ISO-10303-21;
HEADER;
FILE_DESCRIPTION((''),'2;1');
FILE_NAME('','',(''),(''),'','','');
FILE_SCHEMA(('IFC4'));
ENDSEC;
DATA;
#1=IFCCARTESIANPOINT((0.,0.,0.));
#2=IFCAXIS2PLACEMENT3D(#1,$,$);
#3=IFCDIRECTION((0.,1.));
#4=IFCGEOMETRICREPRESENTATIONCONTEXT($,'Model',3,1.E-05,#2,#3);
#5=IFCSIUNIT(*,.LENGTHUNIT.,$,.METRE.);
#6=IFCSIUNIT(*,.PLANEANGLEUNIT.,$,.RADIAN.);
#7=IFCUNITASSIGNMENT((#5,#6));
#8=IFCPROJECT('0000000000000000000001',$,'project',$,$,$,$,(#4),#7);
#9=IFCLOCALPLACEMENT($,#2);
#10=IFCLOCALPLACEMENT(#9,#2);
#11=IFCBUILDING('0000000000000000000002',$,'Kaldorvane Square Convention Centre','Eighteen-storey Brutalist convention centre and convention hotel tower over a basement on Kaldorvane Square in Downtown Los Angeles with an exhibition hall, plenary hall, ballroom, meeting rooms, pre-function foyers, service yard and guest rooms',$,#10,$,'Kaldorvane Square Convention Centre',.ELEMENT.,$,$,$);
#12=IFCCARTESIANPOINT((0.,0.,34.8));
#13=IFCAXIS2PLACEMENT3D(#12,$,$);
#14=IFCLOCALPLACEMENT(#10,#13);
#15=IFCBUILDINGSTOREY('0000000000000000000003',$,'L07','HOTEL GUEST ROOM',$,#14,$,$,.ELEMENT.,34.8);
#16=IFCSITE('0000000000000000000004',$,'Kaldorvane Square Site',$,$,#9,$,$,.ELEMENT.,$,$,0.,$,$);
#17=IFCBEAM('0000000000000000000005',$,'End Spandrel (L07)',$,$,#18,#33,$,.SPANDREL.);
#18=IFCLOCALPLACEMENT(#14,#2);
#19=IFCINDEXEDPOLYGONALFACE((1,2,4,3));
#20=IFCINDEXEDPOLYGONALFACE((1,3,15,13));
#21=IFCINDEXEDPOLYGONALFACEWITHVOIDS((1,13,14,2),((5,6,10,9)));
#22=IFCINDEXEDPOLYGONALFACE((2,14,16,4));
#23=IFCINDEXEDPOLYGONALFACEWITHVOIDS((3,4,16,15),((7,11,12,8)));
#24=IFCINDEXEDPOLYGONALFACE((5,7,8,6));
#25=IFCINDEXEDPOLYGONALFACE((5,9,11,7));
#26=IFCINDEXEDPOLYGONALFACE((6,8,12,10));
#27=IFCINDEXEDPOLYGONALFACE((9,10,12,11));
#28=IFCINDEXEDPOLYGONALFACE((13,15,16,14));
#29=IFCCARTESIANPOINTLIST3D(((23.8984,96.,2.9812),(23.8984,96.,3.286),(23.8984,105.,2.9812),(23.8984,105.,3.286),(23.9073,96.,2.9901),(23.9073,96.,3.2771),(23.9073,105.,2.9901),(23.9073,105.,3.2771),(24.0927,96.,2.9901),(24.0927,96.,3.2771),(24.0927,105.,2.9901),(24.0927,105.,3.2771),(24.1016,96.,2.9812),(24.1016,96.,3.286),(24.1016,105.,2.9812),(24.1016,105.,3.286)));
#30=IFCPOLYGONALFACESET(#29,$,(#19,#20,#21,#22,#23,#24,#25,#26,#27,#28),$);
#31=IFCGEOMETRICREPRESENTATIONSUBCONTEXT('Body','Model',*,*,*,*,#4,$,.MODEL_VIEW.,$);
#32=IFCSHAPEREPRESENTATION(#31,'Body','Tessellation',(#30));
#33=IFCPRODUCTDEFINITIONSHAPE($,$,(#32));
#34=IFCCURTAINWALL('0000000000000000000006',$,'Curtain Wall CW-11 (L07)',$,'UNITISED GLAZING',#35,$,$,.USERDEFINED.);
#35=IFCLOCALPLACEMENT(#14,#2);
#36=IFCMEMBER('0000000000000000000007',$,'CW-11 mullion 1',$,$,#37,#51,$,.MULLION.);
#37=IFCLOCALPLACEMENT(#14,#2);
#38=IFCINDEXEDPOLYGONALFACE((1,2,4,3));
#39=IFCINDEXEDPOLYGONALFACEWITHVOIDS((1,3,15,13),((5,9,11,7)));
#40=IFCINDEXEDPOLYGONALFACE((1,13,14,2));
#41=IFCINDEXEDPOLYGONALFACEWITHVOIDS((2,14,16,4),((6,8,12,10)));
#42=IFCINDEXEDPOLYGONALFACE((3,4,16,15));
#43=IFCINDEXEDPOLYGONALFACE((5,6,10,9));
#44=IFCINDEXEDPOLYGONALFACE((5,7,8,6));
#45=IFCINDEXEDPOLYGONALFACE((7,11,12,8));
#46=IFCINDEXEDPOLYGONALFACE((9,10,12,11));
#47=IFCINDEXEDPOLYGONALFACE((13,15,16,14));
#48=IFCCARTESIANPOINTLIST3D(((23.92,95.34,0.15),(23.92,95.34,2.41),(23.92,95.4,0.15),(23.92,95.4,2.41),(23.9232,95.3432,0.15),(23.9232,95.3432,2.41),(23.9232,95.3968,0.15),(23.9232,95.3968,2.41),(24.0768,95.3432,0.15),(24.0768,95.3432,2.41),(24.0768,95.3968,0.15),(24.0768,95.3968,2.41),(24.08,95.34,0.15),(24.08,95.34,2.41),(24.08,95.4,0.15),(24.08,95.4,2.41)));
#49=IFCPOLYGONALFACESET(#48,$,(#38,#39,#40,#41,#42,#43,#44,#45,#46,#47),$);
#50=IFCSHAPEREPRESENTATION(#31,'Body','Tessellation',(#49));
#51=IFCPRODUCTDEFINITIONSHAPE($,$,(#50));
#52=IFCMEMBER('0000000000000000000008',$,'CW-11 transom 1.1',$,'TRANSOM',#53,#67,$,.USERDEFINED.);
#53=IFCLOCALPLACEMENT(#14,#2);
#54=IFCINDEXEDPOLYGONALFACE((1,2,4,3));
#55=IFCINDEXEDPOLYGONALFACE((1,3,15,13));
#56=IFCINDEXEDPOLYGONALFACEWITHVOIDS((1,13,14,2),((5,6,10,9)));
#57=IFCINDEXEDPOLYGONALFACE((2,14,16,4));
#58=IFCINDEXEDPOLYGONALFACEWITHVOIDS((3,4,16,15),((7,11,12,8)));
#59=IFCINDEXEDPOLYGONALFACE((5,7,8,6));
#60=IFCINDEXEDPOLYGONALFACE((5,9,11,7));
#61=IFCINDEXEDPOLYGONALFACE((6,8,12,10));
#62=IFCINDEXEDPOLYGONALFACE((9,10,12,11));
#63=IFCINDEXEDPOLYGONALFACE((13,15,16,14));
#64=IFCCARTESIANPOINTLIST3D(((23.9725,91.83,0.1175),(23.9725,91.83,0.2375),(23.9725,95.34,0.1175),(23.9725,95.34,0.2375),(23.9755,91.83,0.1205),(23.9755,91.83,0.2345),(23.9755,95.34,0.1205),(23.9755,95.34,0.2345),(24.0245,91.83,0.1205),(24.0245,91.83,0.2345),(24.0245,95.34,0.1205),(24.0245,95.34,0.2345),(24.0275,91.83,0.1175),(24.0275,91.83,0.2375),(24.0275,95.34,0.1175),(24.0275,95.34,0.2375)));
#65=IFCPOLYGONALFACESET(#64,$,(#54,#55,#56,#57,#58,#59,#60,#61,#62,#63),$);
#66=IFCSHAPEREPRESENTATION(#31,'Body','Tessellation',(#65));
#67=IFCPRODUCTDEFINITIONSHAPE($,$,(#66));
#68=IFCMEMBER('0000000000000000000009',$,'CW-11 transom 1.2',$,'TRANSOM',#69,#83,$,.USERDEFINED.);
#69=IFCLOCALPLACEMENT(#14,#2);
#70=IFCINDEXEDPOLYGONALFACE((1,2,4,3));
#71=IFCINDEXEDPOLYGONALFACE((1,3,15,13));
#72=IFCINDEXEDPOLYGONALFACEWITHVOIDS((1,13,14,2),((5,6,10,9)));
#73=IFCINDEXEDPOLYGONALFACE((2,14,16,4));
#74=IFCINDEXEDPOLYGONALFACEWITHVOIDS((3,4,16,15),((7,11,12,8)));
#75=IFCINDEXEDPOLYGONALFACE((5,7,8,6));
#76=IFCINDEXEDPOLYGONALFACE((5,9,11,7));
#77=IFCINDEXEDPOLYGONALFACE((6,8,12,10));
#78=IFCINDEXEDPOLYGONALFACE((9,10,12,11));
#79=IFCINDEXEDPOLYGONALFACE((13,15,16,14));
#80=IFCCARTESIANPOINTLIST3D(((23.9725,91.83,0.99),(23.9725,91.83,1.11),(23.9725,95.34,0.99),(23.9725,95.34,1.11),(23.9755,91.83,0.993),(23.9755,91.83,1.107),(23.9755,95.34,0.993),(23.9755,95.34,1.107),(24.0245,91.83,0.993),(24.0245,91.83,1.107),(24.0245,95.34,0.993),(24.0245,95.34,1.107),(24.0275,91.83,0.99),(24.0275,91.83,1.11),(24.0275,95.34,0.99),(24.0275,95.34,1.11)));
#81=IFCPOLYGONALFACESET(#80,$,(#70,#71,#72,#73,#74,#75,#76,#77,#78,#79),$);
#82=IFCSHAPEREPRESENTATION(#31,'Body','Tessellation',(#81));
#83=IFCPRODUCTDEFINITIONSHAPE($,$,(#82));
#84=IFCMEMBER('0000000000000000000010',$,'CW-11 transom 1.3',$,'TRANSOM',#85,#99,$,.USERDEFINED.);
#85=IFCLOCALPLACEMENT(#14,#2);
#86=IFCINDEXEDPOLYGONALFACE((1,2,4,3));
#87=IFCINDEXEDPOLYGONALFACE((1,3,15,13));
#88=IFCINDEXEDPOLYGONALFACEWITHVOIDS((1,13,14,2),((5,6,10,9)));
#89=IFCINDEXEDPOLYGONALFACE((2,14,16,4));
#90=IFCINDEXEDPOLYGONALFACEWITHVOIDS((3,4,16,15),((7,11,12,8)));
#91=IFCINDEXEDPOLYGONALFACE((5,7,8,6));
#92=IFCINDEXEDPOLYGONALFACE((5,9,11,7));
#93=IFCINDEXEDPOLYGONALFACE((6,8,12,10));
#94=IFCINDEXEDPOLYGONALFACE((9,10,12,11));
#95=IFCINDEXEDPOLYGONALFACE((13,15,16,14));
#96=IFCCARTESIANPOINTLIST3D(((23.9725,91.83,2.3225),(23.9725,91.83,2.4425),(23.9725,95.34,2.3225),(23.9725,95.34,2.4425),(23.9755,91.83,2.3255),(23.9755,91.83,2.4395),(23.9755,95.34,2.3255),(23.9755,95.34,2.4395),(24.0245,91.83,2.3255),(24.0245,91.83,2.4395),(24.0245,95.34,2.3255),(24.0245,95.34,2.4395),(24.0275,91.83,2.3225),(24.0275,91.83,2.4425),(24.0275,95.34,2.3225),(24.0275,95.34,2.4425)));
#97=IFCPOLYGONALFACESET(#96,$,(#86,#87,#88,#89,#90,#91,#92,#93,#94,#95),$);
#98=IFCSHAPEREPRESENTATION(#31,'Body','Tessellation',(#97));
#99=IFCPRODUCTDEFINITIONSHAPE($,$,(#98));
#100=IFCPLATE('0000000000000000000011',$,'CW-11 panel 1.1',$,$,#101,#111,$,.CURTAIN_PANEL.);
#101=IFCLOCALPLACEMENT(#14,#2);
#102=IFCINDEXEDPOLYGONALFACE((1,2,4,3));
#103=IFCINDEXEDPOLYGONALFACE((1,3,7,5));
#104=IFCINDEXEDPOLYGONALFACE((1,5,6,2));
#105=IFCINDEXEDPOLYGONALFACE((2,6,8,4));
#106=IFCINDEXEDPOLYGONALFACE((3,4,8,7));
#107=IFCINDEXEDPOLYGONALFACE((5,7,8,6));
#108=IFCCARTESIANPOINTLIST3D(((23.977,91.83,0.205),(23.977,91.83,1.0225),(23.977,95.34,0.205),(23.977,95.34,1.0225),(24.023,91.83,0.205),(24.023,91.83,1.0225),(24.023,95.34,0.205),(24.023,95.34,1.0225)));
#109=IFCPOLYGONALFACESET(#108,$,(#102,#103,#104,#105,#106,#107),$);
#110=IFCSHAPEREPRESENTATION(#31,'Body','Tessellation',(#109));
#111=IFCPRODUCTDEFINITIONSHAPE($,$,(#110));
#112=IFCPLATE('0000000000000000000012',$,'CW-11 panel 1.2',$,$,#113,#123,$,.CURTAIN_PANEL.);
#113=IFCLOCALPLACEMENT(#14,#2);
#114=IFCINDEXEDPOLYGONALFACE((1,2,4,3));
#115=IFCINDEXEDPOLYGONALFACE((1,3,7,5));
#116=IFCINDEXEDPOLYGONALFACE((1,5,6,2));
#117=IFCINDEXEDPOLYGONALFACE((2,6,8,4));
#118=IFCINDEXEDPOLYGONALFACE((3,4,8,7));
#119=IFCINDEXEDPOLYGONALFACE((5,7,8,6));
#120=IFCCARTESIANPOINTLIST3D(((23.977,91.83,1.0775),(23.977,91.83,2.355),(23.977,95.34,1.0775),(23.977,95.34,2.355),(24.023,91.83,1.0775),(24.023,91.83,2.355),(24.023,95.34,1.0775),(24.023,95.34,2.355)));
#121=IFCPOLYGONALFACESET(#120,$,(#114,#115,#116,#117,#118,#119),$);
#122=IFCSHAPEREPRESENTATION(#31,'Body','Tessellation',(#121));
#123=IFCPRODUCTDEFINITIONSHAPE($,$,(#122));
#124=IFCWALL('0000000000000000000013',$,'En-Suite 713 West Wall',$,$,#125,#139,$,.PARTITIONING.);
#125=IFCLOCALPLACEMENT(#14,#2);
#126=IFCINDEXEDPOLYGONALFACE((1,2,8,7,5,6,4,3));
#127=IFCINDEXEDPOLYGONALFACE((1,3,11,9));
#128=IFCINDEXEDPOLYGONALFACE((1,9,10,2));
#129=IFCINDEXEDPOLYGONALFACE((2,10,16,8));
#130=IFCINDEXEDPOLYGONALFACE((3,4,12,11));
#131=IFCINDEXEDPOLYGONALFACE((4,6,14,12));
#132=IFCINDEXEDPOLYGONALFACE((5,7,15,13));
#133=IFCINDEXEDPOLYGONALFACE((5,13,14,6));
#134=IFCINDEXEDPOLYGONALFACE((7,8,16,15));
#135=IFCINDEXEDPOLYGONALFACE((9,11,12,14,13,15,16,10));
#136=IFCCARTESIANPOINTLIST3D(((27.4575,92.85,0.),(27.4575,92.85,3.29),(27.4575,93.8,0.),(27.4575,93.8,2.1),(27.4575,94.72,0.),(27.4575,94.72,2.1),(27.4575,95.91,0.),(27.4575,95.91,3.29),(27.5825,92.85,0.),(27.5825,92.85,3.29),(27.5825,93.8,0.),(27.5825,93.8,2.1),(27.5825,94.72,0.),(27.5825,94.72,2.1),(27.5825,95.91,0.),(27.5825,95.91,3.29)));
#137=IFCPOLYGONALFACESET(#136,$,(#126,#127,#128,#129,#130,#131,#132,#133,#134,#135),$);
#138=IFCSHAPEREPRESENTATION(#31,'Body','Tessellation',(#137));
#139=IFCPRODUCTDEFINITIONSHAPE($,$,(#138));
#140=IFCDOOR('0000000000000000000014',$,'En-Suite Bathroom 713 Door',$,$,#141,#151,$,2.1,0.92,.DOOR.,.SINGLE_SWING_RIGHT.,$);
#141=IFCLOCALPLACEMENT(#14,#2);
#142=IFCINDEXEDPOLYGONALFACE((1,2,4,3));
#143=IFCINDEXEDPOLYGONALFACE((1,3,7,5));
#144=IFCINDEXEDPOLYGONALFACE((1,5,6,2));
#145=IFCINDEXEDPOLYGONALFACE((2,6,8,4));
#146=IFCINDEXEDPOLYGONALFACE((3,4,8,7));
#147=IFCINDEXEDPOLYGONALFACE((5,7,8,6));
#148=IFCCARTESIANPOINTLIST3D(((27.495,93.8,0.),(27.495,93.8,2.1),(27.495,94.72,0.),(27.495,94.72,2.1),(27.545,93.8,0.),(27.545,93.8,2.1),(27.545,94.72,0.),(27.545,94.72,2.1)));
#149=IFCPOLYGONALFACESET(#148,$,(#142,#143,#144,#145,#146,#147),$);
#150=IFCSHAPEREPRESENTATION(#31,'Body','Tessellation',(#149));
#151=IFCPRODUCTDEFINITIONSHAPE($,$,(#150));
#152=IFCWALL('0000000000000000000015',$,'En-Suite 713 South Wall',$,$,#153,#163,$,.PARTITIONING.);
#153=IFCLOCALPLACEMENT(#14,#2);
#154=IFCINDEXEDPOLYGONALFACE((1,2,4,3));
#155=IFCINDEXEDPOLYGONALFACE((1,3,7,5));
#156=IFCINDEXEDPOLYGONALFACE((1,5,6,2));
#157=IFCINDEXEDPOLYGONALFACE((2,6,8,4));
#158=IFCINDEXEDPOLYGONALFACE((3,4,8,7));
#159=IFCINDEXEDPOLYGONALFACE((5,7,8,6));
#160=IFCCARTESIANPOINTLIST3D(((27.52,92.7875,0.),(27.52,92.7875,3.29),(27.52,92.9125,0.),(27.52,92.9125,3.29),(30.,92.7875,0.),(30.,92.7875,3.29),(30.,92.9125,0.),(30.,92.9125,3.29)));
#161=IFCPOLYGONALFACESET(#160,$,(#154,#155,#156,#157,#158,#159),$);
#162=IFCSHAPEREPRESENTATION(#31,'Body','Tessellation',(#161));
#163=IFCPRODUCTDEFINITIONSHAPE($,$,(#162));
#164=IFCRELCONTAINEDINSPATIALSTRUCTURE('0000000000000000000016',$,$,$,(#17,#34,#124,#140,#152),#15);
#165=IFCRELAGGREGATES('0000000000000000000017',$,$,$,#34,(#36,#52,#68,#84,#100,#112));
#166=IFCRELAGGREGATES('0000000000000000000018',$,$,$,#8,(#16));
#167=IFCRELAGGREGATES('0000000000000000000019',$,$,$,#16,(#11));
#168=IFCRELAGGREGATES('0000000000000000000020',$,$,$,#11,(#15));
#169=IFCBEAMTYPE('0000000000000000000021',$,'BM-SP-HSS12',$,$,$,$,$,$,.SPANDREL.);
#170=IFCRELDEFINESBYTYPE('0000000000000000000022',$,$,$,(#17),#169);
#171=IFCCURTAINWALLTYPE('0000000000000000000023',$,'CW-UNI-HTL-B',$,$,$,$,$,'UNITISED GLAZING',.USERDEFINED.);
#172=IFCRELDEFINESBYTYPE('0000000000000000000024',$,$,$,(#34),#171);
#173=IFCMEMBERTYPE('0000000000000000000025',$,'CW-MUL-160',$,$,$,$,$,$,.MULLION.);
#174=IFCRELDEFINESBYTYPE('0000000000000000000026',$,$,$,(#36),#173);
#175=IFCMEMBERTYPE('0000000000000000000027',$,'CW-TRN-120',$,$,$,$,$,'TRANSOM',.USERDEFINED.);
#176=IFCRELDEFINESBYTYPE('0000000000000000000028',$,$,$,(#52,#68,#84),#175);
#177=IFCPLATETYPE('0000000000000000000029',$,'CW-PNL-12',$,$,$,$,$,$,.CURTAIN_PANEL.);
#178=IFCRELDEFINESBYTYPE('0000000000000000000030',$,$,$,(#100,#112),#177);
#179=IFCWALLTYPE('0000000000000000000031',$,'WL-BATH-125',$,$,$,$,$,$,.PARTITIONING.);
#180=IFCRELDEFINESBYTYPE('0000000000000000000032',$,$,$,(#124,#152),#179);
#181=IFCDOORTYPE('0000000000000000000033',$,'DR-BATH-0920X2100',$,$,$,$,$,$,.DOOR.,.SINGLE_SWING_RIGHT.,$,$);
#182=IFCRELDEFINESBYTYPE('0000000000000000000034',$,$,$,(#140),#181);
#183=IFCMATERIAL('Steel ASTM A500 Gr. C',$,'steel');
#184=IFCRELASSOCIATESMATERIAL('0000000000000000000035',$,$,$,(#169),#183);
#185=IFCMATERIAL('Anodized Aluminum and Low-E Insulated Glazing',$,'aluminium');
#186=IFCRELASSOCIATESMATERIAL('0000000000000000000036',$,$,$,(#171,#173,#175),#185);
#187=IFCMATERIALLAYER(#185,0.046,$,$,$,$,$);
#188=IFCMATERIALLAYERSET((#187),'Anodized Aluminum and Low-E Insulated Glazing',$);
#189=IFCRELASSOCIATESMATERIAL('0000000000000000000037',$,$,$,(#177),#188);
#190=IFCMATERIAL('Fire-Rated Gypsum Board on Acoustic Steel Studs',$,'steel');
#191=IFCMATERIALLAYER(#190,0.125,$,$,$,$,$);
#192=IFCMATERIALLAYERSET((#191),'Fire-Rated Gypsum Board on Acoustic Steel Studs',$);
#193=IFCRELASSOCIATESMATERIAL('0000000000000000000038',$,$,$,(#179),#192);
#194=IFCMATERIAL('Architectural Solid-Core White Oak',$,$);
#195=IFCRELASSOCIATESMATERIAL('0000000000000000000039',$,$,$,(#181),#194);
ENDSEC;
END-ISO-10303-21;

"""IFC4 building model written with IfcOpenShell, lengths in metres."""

from ifc_helpers import new_model, si_unit, direction, frame, frame_2d, origin, origin_2d, place, context, subcontext, project, spatial, rectangle, hollow_rectangle, extrude, material, layer, layer_set, material_profile, profile_set, type_object, element, fill, aggregate, save


model = new_model("IFC4")

# Units and contexts
model_context = context("Model", 3, precision=1e-05, world=origin(), true_north=direction((0.0, 1.0)))
body_context = subcontext(model_context, "Body", "Model", "MODEL_VIEW")
ifc_project = project(units=[si_unit("LENGTHUNIT", "METRE"), si_unit("PLANEANGLEUNIT", "RADIAN")], contexts=[model_context])

# Site, building, storey
site_placement = place(None, origin())
site = spatial("IfcSite", under=ifc_project, at=site_placement, Name="Kaldorvane Square Site", CompositionType="ELEMENT", RefElevation=0.0)
building_placement = place(site_placement, origin())
building = spatial("IfcBuilding", under=site, at=building_placement, Name="Kaldorvane Square Convention Centre", Description="Eighteen-storey Brutalist convention centre and convention hotel tower over a basement on Kaldorvane Square in Downtown Los Angeles with an exhibition hall, plenary hall, ballroom, meeting rooms, pre-function foyers, service yard and guest rooms", LongName="Kaldorvane Square Convention Centre", CompositionType="ELEMENT")
storey_placement = place(building_placement, frame((0.0, 0.0, 34.8)))
storey = spatial("IfcBuildingStorey", under=building, at=storey_placement, Name="L07", Description="HOTEL GUEST ROOM", CompositionType="ELEMENT", Elevation=34.8)

# Beam
ifc_material_1 = material(Name="Steel ASTM A500 Gr. C", Category="steel")
ifc_material_profile_1 = material_profile(ifc_material_1, hollow_rectangle(XDim=0.2032, YDim=0.3048, WallThickness=0.0089, at=origin_2d()), Name="HSS12X8X3/8")
ifc_profile_set_1 = profile_set([ifc_material_profile_1], Name="Steel ASTM A500 Gr. C")
beam_type_1 = type_object("IfcBeamType", Name="BM-SP-HSS12", PredefinedType="SPANDREL", material=ifc_profile_set_1)
beam_placement = place(storey_placement, frame((24.0, 96.0, 3.1336), z_axis=(0.0, 1.0, 0.0), x_axis=(-1.0, 0.0, 0.0)))
element("IfcBeam", 1, at=beam_placement, inside=storey, type_object=beam_type_1, Name="End Spandrel (L07)", PredefinedType="SPANDREL", context=body_context, shape_type="SweptSolid", body=[
    extrude(hollow_rectangle(XDim=0.2032, YDim=0.3048, WallThickness=0.0089, at=origin_2d()), origin(), (0.0, 0.0, 1.0), 9.0),
])

# Curtain wall, members, plates
ifc_material_2 = material(Name="Anodized Aluminum and Low-E Insulated Glazing", Category="aluminium")
curtain_wall_type = type_object("IfcCurtainWallType", Name="CW-UNI-HTL-B", ElementType="UNITISED GLAZING", PredefinedType="USERDEFINED", material=ifc_material_2)
curtain_wall_placement = place(storey_placement, origin())
curtain_wall = element("IfcCurtainWall", 2, at=curtain_wall_placement, inside=storey, type_object=curtain_wall_type, Name="Curtain Wall CW-11 (L07)", ObjectType="UNITISED GLAZING", PredefinedType="USERDEFINED")
ifc_material_profile_2 = material_profile(ifc_material_2, hollow_rectangle(XDim=0.06, YDim=0.16, WallThickness=0.0032, at=origin_2d()), Name="CWM-160X60")
ifc_profile_set_2 = profile_set([ifc_material_profile_2], Name="Anodized Aluminum and Low-E Insulated Glazing")
member_type_1 = type_object("IfcMemberType", Name="CW-MUL-160", PredefinedType="MULLION", material=ifc_profile_set_2)
member_1_placement = place(storey_placement, frame((24.0, 95.37, 0.15), z_axis=(0.0, 0.0, 1.0), x_axis=(0.0, -1.0, 0.0)))
member_1 = element("IfcMember", 3, at=member_1_placement, type_object=member_type_1, Name="CW-11 mullion 1", PredefinedType="MULLION", context=body_context, shape_type="SweptSolid", body=[
    extrude(hollow_rectangle(XDim=0.06, YDim=0.16, WallThickness=0.0032, at=origin_2d()), origin(), (0.0, 0.0, 1.0), 2.26),
])
ifc_material_profile_3 = material_profile(ifc_material_2, hollow_rectangle(XDim=0.055, YDim=0.12, WallThickness=0.003, at=origin_2d()), Name="CWT-120X55")
ifc_profile_set_3 = profile_set([ifc_material_profile_3], Name="Anodized Aluminum and Low-E Insulated Glazing")
member_type_2 = type_object("IfcMemberType", Name="CW-TRN-120", ElementType="TRANSOM", PredefinedType="USERDEFINED", material=ifc_profile_set_3)
member_2_placement = place(storey_placement, frame((24.0, 95.34, 0.1775), z_axis=(0.0, -1.0, 0.0), x_axis=(1.0, 0.0, 0.0)))
member_2 = element("IfcMember", 4, at=member_2_placement, type_object=member_type_2, Name="CW-11 transom 1.1", ObjectType="TRANSOM", PredefinedType="USERDEFINED", context=body_context, shape_type="SweptSolid", body=[
    extrude(hollow_rectangle(XDim=0.055, YDim=0.12, WallThickness=0.003, at=origin_2d()), origin(), (0.0, 0.0, 1.0), 3.51),
])
member_3_placement = place(storey_placement, frame((24.0, 95.34, 1.05), z_axis=(0.0, -1.0, 0.0), x_axis=(1.0, 0.0, 0.0)))
member_3 = element("IfcMember", 5, at=member_3_placement, type_object=member_type_2, Name="CW-11 transom 1.2", ObjectType="TRANSOM", PredefinedType="USERDEFINED", context=body_context, shape_type="SweptSolid", body=[
    extrude(hollow_rectangle(XDim=0.055, YDim=0.12, WallThickness=0.003, at=origin_2d()), origin(), (0.0, 0.0, 1.0), 3.51),
])
member_4_placement = place(storey_placement, frame((24.0, 95.34, 2.3825), z_axis=(0.0, -1.0, 0.0), x_axis=(1.0, 0.0, 0.0)))
member_4 = element("IfcMember", 6, at=member_4_placement, type_object=member_type_2, Name="CW-11 transom 1.3", ObjectType="TRANSOM", PredefinedType="USERDEFINED", context=body_context, shape_type="SweptSolid", body=[
    extrude(hollow_rectangle(XDim=0.055, YDim=0.12, WallThickness=0.003, at=origin_2d()), origin(), (0.0, 0.0, 1.0), 3.51),
])
ifc_layer_1 = layer(ifc_material_2, 0.046)
ifc_layer_set_1 = layer_set([ifc_layer_1], Name="Anodized Aluminum and Low-E Insulated Glazing")
plate_type = type_object("IfcPlateType", Name="CW-PNL-12", PredefinedType="CURTAIN_PANEL", material=ifc_layer_set_1)
plate_1_placement = place(storey_placement, frame((24.0, 93.585, 0.205), z_axis=(0.0, 0.0, 1.0), x_axis=(0.0, -1.0, 0.0)))
plate_1 = element("IfcPlate", 7, at=plate_1_placement, type_object=plate_type, Name="CW-11 panel 1.1", PredefinedType="CURTAIN_PANEL", context=body_context, shape_type="SweptSolid", body=[
    extrude(rectangle(XDim=3.51, YDim=0.046, at=origin_2d()), origin(), (0.0, 0.0, 1.0), 0.8175),
])
plate_2_placement = place(storey_placement, frame((24.0, 93.585, 1.0775), z_axis=(0.0, 0.0, 1.0), x_axis=(0.0, -1.0, 0.0)))
plate_2 = element("IfcPlate", 8, at=plate_2_placement, type_object=plate_type, Name="CW-11 panel 1.2", PredefinedType="CURTAIN_PANEL", context=body_context, shape_type="SweptSolid", body=[
    extrude(rectangle(XDim=3.51, YDim=0.046, at=origin_2d()), origin(), (0.0, 0.0, 1.0), 1.2775),
])
aggregate(curtain_wall, [member_1, member_2, member_3, member_4, plate_1, plate_2])

# Wall, opening, door
ifc_material_3 = material(Name="Fire-Rated Gypsum Board on Acoustic Steel Studs", Category="steel")
ifc_layer_2 = layer(ifc_material_3, 0.125)
ifc_layer_set_2 = layer_set([ifc_layer_2], Name="Fire-Rated Gypsum Board on Acoustic Steel Studs")
wall_type_1 = type_object("IfcWallType", Name="WL-BATH-125", PredefinedType="PARTITIONING", material=ifc_layer_set_2)
wall_1_placement = place(storey_placement, frame((27.52, 92.85, 0.0), z_axis=(0.0, 0.0, 1.0), x_axis=(0.0, 1.0, 0.0)))
wall_1 = element("IfcWall", 9, at=wall_1_placement, inside=storey, type_object=wall_type_1, Name="En-Suite 713 West Wall", PredefinedType="PARTITIONING", context=body_context, shape_type="SweptSolid", body=[
    extrude(rectangle(XDim=3.06, YDim=0.125, at=frame_2d((1.53, 0.0))), origin(), (0.0, 0.0, 1.0), 3.29),
])
opening_1_placement = place(wall_1_placement, frame((0.95, 0.0, 0.0)))
opening_1 = element("IfcOpeningElement", 10, at=opening_1_placement, cuts=wall_1, PredefinedType="OPENING", context=body_context, shape_type="SweptSolid", body=[
    extrude(rectangle(XDim=0.92, YDim=2.1, at=frame_2d((0.46, 1.05))), frame((0.0, 0.0775, 0.0), z_axis=(0.0, -1.0, 0.0), x_axis=(1.0, 0.0, 0.0)), (0.0, 0.0, 1.0), 0.155),
])
ifc_material_4 = material(Name="Architectural Solid-Core White Oak")
door_type_1 = type_object("IfcDoorType", Name="DR-BATH-0920X2100", OperationType="SINGLE_SWING_RIGHT", PredefinedType="DOOR", material=ifc_material_4)
door_1_placement = place(opening_1_placement, origin())
door_1 = element("IfcDoor", 11, at=door_1_placement, inside=storey, type_object=door_type_1, Name="En-Suite Bathroom 713 Door", OperationType="SINGLE_SWING_RIGHT", OverallHeight=2.1, OverallWidth=0.92, PredefinedType="DOOR", context=body_context, shape_type="SweptSolid", body=[
    extrude(rectangle(XDim=0.92, YDim=2.1, at=frame_2d((0.46, 1.05))), frame((0.0, 0.025, 0.0), z_axis=(0.0, -1.0, 0.0), x_axis=(1.0, 0.0, 0.0)), (0.0, 0.0, 1.0), 0.05),
])
fill(opening_1, door_1)

# Wall
wall_2_placement = place(storey_placement, frame((27.52, 92.85, 0.0), z_axis=(0.0, 0.0, 1.0), x_axis=(1.0, 0.0, 0.0)))
element("IfcWall", 12, at=wall_2_placement, inside=storey, type_object=wall_type_1, Name="En-Suite 713 South Wall", PredefinedType="PARTITIONING", context=body_context, shape_type="SweptSolid", body=[
    extrude(rectangle(XDim=2.48, YDim=0.125, at=frame_2d((1.24, 0.0))), origin(), (0.0, 0.0, 1.0), 3.29),
])

save(model, "model.ifc")
